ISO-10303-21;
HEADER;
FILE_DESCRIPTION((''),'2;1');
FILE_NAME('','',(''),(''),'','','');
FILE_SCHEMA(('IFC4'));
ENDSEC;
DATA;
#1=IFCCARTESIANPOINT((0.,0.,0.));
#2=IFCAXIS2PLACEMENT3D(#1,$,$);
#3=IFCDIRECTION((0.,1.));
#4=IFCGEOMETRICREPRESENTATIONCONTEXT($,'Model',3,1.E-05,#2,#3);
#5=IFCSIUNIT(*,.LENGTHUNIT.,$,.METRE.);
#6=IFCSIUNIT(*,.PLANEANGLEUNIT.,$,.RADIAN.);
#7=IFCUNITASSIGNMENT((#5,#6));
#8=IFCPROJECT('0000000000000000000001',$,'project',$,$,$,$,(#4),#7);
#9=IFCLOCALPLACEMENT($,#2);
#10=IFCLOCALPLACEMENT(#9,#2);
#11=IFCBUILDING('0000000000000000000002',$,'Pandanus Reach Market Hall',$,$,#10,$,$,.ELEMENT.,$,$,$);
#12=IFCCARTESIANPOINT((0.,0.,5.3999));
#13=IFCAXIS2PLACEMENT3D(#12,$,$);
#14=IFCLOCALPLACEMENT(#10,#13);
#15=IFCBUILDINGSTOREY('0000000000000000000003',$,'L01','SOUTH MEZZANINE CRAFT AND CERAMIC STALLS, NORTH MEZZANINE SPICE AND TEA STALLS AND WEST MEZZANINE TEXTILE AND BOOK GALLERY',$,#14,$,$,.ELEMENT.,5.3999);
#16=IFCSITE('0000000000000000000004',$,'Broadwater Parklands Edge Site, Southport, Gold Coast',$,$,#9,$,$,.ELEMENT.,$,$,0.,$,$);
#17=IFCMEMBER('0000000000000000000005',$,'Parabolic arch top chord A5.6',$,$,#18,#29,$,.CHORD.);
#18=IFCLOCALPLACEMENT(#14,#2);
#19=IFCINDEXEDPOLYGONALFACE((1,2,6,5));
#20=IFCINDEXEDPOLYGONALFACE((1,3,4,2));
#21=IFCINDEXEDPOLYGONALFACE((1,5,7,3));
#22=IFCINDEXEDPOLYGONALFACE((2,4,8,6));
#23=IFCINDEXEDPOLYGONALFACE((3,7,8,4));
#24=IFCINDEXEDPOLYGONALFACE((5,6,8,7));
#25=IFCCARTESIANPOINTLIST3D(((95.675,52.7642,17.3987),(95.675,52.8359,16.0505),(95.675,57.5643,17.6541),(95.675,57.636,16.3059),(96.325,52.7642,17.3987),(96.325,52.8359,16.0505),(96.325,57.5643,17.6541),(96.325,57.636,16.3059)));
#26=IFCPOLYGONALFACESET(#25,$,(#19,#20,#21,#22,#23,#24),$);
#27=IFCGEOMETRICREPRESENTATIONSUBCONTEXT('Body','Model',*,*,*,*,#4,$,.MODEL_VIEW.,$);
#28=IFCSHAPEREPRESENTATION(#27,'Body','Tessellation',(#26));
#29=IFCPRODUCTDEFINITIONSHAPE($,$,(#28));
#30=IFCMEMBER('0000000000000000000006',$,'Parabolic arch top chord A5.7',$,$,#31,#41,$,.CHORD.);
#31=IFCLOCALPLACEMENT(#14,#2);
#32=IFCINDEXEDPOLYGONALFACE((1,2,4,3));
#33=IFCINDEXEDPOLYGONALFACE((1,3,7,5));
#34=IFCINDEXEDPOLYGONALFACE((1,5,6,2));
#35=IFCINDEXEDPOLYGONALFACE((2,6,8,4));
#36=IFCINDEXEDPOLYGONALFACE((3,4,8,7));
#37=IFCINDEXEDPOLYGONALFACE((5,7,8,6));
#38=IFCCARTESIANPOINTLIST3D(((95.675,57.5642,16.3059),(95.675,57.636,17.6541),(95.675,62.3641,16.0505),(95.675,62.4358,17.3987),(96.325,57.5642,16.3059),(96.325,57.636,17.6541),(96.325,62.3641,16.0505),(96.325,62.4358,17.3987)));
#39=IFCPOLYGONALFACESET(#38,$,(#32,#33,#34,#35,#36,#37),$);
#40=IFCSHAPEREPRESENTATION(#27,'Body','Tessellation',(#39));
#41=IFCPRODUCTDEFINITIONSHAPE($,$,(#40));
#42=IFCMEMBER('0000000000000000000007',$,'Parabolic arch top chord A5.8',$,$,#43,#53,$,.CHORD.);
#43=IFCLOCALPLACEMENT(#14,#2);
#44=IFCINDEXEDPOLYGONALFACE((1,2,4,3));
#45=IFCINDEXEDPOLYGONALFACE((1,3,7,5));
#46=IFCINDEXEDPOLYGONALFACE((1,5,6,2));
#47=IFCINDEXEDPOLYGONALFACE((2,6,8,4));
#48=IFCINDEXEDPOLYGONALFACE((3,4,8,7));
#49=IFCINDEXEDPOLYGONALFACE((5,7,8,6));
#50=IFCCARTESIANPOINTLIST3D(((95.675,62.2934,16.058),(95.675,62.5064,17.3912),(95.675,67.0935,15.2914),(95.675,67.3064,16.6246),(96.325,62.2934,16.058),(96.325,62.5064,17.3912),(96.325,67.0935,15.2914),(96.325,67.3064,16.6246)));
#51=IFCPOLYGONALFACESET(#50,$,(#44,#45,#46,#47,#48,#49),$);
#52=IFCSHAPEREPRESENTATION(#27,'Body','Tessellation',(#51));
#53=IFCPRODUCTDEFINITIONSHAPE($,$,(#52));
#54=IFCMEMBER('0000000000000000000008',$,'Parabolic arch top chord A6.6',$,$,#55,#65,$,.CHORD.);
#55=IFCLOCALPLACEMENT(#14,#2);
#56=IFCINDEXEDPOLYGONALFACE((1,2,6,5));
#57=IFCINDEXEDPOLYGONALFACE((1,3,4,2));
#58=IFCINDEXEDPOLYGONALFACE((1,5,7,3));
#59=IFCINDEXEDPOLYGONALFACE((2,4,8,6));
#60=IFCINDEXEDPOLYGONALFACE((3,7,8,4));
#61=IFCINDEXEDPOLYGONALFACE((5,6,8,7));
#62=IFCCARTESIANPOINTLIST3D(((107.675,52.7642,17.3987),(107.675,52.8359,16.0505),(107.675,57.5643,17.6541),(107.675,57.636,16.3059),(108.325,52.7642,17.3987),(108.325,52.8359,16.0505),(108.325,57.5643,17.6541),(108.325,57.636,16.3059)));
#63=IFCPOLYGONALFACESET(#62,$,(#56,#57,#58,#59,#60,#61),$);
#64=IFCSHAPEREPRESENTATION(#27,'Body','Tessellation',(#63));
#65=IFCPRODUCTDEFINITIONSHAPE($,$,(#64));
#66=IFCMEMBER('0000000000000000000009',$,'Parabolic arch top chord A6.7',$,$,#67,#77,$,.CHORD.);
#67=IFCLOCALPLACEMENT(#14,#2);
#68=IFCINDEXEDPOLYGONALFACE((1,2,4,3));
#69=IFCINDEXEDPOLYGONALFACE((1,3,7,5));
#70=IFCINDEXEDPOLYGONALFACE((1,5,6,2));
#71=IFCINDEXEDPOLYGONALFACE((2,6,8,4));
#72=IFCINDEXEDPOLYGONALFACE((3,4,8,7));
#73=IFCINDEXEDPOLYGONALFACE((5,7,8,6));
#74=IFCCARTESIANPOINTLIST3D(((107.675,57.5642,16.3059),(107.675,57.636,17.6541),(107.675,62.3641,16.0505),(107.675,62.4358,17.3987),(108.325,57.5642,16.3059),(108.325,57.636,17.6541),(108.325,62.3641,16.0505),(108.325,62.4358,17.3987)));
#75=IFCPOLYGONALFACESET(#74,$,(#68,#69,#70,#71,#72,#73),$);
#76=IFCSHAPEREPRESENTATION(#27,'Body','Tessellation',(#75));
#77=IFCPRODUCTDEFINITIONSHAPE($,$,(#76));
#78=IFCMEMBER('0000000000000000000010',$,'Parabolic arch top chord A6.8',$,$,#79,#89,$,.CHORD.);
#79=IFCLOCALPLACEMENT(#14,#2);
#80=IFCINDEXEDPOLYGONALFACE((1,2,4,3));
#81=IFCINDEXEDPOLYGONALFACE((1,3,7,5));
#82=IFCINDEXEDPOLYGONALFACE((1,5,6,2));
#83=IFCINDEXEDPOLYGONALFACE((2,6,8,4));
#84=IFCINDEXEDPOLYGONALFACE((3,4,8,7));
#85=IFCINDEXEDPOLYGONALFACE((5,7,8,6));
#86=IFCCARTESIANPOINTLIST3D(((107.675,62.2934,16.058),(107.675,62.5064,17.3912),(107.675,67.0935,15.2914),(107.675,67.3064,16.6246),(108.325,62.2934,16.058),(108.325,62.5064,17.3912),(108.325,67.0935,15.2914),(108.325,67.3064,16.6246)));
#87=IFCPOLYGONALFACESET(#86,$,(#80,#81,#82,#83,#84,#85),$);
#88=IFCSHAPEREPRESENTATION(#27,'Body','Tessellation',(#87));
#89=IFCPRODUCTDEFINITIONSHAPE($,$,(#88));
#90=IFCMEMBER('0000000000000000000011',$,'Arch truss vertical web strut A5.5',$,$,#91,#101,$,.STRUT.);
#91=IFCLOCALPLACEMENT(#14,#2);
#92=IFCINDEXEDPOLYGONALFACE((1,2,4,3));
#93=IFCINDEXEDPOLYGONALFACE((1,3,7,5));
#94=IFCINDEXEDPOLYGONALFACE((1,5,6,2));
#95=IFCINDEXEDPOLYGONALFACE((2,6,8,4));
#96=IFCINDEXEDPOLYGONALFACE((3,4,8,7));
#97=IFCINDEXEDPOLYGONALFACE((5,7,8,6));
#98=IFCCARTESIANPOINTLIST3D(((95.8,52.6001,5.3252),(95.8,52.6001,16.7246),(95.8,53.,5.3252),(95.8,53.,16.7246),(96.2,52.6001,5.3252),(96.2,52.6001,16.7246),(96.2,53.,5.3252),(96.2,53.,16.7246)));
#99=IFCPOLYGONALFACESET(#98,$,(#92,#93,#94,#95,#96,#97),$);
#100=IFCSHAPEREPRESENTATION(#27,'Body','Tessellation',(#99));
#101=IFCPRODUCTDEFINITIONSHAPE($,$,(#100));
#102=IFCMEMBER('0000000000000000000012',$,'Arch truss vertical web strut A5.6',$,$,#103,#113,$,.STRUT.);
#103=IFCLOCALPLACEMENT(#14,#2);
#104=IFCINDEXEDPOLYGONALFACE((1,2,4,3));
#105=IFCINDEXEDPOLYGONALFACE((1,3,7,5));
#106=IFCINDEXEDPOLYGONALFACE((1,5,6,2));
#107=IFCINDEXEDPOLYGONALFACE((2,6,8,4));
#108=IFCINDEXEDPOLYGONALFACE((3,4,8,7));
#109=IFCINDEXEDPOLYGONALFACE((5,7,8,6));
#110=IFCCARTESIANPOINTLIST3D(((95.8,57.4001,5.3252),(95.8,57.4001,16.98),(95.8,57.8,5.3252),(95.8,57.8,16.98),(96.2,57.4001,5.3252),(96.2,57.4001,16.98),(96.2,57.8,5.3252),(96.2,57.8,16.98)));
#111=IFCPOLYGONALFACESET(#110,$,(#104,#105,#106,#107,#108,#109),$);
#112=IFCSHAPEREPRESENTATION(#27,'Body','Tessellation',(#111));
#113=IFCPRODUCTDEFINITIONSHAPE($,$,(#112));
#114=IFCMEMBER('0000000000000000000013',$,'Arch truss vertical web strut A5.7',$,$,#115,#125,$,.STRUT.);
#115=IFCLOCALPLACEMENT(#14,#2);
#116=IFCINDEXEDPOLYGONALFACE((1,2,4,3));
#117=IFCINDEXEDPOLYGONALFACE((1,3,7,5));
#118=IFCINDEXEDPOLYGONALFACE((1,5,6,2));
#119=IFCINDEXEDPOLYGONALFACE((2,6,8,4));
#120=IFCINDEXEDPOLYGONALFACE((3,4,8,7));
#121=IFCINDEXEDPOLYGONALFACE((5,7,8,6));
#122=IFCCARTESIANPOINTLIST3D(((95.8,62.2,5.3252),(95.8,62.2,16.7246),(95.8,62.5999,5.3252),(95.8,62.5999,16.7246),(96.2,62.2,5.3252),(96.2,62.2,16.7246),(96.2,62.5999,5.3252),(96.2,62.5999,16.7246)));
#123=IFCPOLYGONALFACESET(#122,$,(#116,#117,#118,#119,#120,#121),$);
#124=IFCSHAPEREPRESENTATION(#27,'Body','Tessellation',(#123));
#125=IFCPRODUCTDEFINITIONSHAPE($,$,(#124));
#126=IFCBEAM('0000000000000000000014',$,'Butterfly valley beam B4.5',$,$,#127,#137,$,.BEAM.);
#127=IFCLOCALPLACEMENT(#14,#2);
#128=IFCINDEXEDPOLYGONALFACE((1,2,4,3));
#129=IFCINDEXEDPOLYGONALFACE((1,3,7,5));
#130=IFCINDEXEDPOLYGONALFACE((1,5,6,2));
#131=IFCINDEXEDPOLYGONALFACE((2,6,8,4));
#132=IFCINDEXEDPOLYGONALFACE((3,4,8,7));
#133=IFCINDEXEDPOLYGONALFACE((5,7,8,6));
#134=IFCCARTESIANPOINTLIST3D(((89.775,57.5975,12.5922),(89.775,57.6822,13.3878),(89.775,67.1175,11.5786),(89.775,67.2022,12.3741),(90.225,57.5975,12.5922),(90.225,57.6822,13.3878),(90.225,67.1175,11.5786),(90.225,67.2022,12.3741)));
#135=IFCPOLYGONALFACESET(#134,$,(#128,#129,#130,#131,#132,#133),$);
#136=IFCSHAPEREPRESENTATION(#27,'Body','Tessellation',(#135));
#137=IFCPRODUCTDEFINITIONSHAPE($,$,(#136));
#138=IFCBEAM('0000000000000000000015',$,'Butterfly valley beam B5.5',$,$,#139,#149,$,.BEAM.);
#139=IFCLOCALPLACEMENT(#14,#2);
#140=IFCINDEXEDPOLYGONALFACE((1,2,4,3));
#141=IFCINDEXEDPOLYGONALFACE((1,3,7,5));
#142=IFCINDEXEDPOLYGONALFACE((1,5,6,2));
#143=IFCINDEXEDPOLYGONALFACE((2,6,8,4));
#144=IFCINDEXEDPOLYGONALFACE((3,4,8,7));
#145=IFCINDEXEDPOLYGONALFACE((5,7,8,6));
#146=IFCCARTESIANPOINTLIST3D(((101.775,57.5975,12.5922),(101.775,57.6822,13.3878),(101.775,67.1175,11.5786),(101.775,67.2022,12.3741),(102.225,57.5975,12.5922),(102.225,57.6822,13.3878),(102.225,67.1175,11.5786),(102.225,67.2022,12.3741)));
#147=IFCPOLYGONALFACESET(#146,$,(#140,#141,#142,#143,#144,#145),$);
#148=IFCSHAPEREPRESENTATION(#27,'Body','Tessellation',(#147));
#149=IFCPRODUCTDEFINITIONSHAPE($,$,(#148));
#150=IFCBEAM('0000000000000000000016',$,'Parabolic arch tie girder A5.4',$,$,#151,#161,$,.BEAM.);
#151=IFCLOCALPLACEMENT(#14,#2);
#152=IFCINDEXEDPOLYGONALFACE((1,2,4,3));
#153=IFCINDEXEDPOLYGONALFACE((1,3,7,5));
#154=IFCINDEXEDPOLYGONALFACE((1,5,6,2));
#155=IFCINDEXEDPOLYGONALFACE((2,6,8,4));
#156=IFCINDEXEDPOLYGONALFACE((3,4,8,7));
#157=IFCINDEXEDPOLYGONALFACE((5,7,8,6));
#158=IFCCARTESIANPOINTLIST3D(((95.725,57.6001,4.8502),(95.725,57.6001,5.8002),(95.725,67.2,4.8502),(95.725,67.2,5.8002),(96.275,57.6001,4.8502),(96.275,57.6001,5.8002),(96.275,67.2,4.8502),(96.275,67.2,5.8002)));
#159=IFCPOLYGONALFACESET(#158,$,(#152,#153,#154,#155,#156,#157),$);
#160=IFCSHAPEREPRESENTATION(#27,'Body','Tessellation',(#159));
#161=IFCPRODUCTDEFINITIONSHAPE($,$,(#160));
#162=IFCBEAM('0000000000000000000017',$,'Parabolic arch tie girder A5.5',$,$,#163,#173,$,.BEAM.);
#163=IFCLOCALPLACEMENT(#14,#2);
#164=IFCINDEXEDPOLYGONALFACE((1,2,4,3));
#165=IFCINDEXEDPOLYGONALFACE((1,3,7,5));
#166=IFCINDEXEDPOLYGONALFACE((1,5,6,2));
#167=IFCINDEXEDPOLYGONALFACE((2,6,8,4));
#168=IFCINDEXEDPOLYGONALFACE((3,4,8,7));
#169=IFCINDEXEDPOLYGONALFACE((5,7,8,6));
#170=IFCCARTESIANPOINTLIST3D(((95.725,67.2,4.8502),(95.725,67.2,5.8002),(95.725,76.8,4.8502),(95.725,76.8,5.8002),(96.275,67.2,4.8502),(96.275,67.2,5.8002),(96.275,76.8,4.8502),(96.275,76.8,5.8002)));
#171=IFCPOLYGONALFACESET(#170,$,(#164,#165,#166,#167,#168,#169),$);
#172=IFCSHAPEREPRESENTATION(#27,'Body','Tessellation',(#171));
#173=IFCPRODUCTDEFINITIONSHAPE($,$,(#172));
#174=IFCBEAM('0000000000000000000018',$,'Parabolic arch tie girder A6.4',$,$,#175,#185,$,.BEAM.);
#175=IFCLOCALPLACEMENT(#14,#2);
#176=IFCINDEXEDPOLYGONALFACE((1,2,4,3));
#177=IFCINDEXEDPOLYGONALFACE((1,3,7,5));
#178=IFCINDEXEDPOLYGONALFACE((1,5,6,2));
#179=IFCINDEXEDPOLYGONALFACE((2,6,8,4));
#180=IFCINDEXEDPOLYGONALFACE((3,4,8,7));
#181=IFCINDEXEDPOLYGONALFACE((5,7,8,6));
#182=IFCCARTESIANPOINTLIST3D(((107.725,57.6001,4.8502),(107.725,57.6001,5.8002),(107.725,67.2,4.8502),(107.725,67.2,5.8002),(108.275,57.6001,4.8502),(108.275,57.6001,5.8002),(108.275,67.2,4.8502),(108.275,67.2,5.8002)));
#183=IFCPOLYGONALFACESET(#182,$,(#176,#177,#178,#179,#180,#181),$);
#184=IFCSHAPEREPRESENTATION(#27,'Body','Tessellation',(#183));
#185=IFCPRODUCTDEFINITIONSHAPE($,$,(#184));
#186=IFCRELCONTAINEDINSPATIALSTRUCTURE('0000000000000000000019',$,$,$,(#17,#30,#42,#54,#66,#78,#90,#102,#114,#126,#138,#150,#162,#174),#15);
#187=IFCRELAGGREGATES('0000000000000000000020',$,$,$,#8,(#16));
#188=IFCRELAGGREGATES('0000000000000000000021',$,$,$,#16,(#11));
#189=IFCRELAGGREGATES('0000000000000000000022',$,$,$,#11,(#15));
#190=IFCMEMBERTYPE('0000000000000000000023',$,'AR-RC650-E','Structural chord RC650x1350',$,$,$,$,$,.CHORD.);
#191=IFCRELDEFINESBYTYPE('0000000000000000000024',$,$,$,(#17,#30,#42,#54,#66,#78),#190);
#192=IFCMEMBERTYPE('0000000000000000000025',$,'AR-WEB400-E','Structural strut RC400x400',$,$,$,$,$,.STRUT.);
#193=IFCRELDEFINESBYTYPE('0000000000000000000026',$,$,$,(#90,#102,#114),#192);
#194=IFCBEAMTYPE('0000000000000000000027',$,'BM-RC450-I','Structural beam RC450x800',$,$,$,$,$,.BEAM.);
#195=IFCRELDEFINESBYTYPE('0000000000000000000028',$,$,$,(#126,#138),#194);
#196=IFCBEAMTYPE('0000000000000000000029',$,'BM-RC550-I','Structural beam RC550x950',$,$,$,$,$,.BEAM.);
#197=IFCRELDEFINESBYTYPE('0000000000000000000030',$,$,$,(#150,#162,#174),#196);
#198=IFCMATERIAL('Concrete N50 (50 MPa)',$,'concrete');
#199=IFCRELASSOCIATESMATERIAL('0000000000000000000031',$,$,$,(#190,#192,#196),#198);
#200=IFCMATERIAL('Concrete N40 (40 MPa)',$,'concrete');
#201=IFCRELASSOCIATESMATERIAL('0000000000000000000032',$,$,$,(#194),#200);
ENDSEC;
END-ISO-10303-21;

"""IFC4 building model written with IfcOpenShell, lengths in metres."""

from ifc_helpers import new_model, si_unit, direction, frame, origin, origin_2d, place, context, subcontext, project, spatial, rectangle, extrude, material, material_profile, profile_set, type_object, element, save


model = new_model("IFC4")

# Units and contexts
model_context = context("Model", 3, precision=1e-05, world=origin(), true_north=direction((0.0, 1.0)))
body_context = subcontext(model_context, "Body", "Model", "MODEL_VIEW")
ifc_project = project(units=[si_unit("LENGTHUNIT", "METRE"), si_unit("PLANEANGLEUNIT", "RADIAN")], contexts=[model_context])

# Site, building, storey
site_placement = place(None, origin())
site = spatial("IfcSite", under=ifc_project, at=site_placement, Name="Broadwater Parklands Edge Site, Southport, Gold Coast", CompositionType="ELEMENT", RefElevation=0.0)
building_placement = place(site_placement, origin())
building = spatial("IfcBuilding", under=site, at=building_placement, Name="Pandanus Reach Market Hall", CompositionType="ELEMENT")
storey_placement = place(building_placement, frame((0.0, 0.0, 5.3999)))
storey = spatial("IfcBuildingStorey", under=building, at=storey_placement, Name="L01", Description="SOUTH MEZZANINE CRAFT AND CERAMIC STALLS, NORTH MEZZANINE SPICE AND TEA STALLS AND WEST MEZZANINE TEXTILE AND BOOK GALLERY", CompositionType="ELEMENT", Elevation=5.3999)

# Members
ifc_material_1 = material(Name="Concrete N50 (50 MPa)", Category="concrete")
ifc_material_profile_1 = material_profile(ifc_material_1, rectangle(XDim=0.6499, YDim=1.3501, at=origin_2d()), Name="RC650x1350", Category="LoadBearing")
ifc_profile_set_1 = profile_set([ifc_material_profile_1], Name="Concrete N50 (50 MPa)")
member_type_1 = type_object("IfcMemberType", Name="AR-RC650-E", Description="Structural chord RC650x1350", PredefinedType="CHORD", material=ifc_profile_set_1)
member_1_placement = place(storey_placement, frame((96.0, 52.8, 16.7246), z_axis=(0.0, 0.998588, 0.053127), x_axis=(-1.0, 0.0, 0.0)))
element("IfcMember", 1, at=member_1_placement, inside=storey, type_object=member_type_1, Name="Parabolic arch top chord A5.6", PredefinedType="CHORD", context=body_context, shape_type="SweptSolid", body=[
    extrude(rectangle(XDim=0.6499, YDim=1.3501, at=origin_2d()), origin(), (0.0, 0.0, 1.0), 4.8069),
])
member_2_placement = place(storey_placement, frame((96.0, 57.6001, 16.98), z_axis=(0.0, 0.998588, -0.053129), x_axis=(-1.0, 0.0, 0.0)))
element("IfcMember", 2, at=member_2_placement, inside=storey, type_object=member_type_1, Name="Parabolic arch top chord A5.7", PredefinedType="CHORD", context=body_context, shape_type="SweptSolid", body=[
    extrude(rectangle(XDim=0.6499, YDim=1.3501, at=origin_2d()), origin(), (0.0, 0.0, 1.0), 4.8066),
])
member_3_placement = place(storey_placement, frame((96.0, 62.3999, 16.7246), z_axis=(0.0, 0.987486, -0.157708), x_axis=(-1.0, 0.0, 0.0)))
element("IfcMember", 3, at=member_3_placement, inside=storey, type_object=member_type_1, Name="Parabolic arch top chord A5.8", PredefinedType="CHORD", context=body_context, shape_type="SweptSolid", body=[
    extrude(rectangle(XDim=0.6499, YDim=1.3501, at=origin_2d()), origin(), (0.0, 0.0, 1.0), 4.8608),
])
member_4_placement = place(storey_placement, frame((108.0, 52.8, 16.7246), z_axis=(0.0, 0.998588, 0.053127), x_axis=(-1.0, 0.0, 0.0)))
element("IfcMember", 4, at=member_4_placement, inside=storey, type_object=member_type_1, Name="Parabolic arch top chord A6.6", PredefinedType="CHORD", context=body_context, shape_type="SweptSolid", body=[
    extrude(rectangle(XDim=0.6499, YDim=1.3501, at=origin_2d()), origin(), (0.0, 0.0, 1.0), 4.8069),
])
member_5_placement = place(storey_placement, frame((108.0, 57.6001, 16.98), z_axis=(0.0, 0.998588, -0.053129), x_axis=(-1.0, 0.0, 0.0)))
element("IfcMember", 5, at=member_5_placement, inside=storey, type_object=member_type_1, Name="Parabolic arch top chord A6.7", PredefinedType="CHORD", context=body_context, shape_type="SweptSolid", body=[
    extrude(rectangle(XDim=0.6499, YDim=1.3501, at=origin_2d()), origin(), (0.0, 0.0, 1.0), 4.8066),
])
member_6_placement = place(storey_placement, frame((108.0, 62.3999, 16.7246), z_axis=(0.0, 0.987486, -0.157708), x_axis=(-1.0, 0.0, 0.0)))
element("IfcMember", 6, at=member_6_placement, inside=storey, type_object=member_type_1, Name="Parabolic arch top chord A6.8", PredefinedType="CHORD", context=body_context, shape_type="SweptSolid", body=[
    extrude(rectangle(XDim=0.6499, YDim=1.3501, at=origin_2d()), origin(), (0.0, 0.0, 1.0), 4.8608),
])
ifc_material_profile_2 = material_profile(ifc_material_1, rectangle(XDim=0.3999, YDim=0.3999, at=origin_2d()), Name="RC400x400", Category="LoadBearing")
ifc_profile_set_2 = profile_set([ifc_material_profile_2], Name="Concrete N50 (50 MPa)")
member_type_2 = type_object("IfcMemberType", Name="AR-WEB400-E", Description="Structural strut RC400x400", PredefinedType="STRUT", material=ifc_profile_set_2)
member_7_placement = place(storey_placement, frame((96.0, 52.8, 5.3252), z_axis=(0.0, 0.0, 1.0), x_axis=(1.0, 0.0, 0.0)))
element("IfcMember", 7, at=member_7_placement, inside=storey, type_object=member_type_2, Name="Arch truss vertical web strut A5.5", PredefinedType="STRUT", context=body_context, shape_type="SweptSolid", body=[
    extrude(rectangle(XDim=0.3999, YDim=0.3999, at=origin_2d()), origin(), (0.0, 0.0, 1.0), 11.3994),
])
member_8_placement = place(storey_placement, frame((96.0, 57.6001, 5.3252), z_axis=(0.0, 0.0, 1.0), x_axis=(1.0, 0.0, 0.0)))
element("IfcMember", 8, at=member_8_placement, inside=storey, type_object=member_type_2, Name="Arch truss vertical web strut A5.6", PredefinedType="STRUT", context=body_context, shape_type="SweptSolid", body=[
    extrude(rectangle(XDim=0.3999, YDim=0.3999, at=origin_2d()), origin(), (0.0, 0.0, 1.0), 11.6548),
])
member_9_placement = place(storey_placement, frame((96.0, 62.3999, 5.3252), z_axis=(0.0, 0.0, 1.0), x_axis=(1.0, 0.0, 0.0)))
element("IfcMember", 9, at=member_9_placement, inside=storey, type_object=member_type_2, Name="Arch truss vertical web strut A5.7", PredefinedType="STRUT", context=body_context, shape_type="SweptSolid", body=[
    extrude(rectangle(XDim=0.3999, YDim=0.3999, at=origin_2d()), origin(), (0.0, 0.0, 1.0), 11.3994),
])

# Beams
ifc_material_2 = material(Name="Concrete N40 (40 MPa)", Category="concrete")
ifc_material_profile_3 = material_profile(ifc_material_2, rectangle(XDim=0.45, YDim=0.8, at=origin_2d()), Name="RC450x800", Category="LoadBearing")
ifc_profile_set_3 = profile_set([ifc_material_profile_3], Name="Concrete N40 (40 MPa)")
beam_type_1 = type_object("IfcBeamType", Name="BM-RC450-I", Description="Structural beam RC450x800", PredefinedType="BEAM", material=ifc_profile_set_3)
for number, where, z_axis, x_axis, name in (
    (10, (90.0, 57.6399, 12.99), (0.0, 0.994379, -0.105879), (-1.0, 0.0, 0.0), "Butterfly valley beam B4.5"),
    (11, (102.0, 57.6399, 12.99), (0.0, 0.994379, -0.105879), (-1.0, 0.0, 0.0), "Butterfly valley beam B5.5"),
):
    element("IfcBeam", number, at=place(storey_placement, frame(where, z_axis=z_axis, x_axis=x_axis)), inside=storey, type_object=beam_type_1, Name=name, PredefinedType="BEAM", context=body_context, shape_type="SweptSolid", body=[
        extrude(rectangle(XDim=0.45, YDim=0.8, at=origin_2d()), origin(), (0.0, 0.0, 1.0), 9.5737),
    ])
ifc_material_profile_4 = material_profile(ifc_material_1, rectangle(XDim=0.55, YDim=0.95, at=origin_2d()), Name="RC550x950", Category="LoadBearing")
ifc_profile_set_4 = profile_set([ifc_material_profile_4], Name="Concrete N50 (50 MPa)")
beam_type_2 = type_object("IfcBeamType", Name="BM-RC550-I", Description="Structural beam RC550x950", PredefinedType="BEAM", material=ifc_profile_set_4)
beam_1_placement = place(storey_placement, frame((96.0, 57.6001, 5.3252), z_axis=(0.0, 1.0, 0.0), x_axis=(-1.0, 0.0, 0.0)))
element("IfcBeam", 12, at=beam_1_placement, inside=storey, type_object=beam_type_2, Name="Parabolic arch tie girder A5.4", PredefinedType="BEAM", context=body_context, shape_type="SweptSolid", body=[
    extrude(rectangle(XDim=0.55, YDim=0.95, at=origin_2d()), origin(), (0.0, 0.0, 1.0), 9.5999),
])
beam_2_placement = place(storey_placement, frame((96.0, 67.2, 5.3252), z_axis=(0.0, 1.0, 0.0), x_axis=(-1.0, 0.0, 0.0)))
element("IfcBeam", 13, at=beam_2_placement, inside=storey, type_object=beam_type_2, Name="Parabolic arch tie girder A5.5", PredefinedType="BEAM", context=body_context, shape_type="SweptSolid", body=[
    extrude(rectangle(XDim=0.55, YDim=0.95, at=origin_2d()), origin(), (0.0, 0.0, 1.0), 9.6001),
])
beam_3_placement = place(storey_placement, frame((108.0, 57.6001, 5.3252), z_axis=(0.0, 1.0, 0.0), x_axis=(-1.0, 0.0, 0.0)))
element("IfcBeam", 14, at=beam_3_placement, inside=storey, type_object=beam_type_2, Name="Parabolic arch tie girder A6.4", PredefinedType="BEAM", context=body_context, shape_type="SweptSolid", body=[
    extrude(rectangle(XDim=0.55, YDim=0.95, at=origin_2d()), origin(), (0.0, 0.0, 1.0), 9.5999),
])

save(model, "model.ifc")
